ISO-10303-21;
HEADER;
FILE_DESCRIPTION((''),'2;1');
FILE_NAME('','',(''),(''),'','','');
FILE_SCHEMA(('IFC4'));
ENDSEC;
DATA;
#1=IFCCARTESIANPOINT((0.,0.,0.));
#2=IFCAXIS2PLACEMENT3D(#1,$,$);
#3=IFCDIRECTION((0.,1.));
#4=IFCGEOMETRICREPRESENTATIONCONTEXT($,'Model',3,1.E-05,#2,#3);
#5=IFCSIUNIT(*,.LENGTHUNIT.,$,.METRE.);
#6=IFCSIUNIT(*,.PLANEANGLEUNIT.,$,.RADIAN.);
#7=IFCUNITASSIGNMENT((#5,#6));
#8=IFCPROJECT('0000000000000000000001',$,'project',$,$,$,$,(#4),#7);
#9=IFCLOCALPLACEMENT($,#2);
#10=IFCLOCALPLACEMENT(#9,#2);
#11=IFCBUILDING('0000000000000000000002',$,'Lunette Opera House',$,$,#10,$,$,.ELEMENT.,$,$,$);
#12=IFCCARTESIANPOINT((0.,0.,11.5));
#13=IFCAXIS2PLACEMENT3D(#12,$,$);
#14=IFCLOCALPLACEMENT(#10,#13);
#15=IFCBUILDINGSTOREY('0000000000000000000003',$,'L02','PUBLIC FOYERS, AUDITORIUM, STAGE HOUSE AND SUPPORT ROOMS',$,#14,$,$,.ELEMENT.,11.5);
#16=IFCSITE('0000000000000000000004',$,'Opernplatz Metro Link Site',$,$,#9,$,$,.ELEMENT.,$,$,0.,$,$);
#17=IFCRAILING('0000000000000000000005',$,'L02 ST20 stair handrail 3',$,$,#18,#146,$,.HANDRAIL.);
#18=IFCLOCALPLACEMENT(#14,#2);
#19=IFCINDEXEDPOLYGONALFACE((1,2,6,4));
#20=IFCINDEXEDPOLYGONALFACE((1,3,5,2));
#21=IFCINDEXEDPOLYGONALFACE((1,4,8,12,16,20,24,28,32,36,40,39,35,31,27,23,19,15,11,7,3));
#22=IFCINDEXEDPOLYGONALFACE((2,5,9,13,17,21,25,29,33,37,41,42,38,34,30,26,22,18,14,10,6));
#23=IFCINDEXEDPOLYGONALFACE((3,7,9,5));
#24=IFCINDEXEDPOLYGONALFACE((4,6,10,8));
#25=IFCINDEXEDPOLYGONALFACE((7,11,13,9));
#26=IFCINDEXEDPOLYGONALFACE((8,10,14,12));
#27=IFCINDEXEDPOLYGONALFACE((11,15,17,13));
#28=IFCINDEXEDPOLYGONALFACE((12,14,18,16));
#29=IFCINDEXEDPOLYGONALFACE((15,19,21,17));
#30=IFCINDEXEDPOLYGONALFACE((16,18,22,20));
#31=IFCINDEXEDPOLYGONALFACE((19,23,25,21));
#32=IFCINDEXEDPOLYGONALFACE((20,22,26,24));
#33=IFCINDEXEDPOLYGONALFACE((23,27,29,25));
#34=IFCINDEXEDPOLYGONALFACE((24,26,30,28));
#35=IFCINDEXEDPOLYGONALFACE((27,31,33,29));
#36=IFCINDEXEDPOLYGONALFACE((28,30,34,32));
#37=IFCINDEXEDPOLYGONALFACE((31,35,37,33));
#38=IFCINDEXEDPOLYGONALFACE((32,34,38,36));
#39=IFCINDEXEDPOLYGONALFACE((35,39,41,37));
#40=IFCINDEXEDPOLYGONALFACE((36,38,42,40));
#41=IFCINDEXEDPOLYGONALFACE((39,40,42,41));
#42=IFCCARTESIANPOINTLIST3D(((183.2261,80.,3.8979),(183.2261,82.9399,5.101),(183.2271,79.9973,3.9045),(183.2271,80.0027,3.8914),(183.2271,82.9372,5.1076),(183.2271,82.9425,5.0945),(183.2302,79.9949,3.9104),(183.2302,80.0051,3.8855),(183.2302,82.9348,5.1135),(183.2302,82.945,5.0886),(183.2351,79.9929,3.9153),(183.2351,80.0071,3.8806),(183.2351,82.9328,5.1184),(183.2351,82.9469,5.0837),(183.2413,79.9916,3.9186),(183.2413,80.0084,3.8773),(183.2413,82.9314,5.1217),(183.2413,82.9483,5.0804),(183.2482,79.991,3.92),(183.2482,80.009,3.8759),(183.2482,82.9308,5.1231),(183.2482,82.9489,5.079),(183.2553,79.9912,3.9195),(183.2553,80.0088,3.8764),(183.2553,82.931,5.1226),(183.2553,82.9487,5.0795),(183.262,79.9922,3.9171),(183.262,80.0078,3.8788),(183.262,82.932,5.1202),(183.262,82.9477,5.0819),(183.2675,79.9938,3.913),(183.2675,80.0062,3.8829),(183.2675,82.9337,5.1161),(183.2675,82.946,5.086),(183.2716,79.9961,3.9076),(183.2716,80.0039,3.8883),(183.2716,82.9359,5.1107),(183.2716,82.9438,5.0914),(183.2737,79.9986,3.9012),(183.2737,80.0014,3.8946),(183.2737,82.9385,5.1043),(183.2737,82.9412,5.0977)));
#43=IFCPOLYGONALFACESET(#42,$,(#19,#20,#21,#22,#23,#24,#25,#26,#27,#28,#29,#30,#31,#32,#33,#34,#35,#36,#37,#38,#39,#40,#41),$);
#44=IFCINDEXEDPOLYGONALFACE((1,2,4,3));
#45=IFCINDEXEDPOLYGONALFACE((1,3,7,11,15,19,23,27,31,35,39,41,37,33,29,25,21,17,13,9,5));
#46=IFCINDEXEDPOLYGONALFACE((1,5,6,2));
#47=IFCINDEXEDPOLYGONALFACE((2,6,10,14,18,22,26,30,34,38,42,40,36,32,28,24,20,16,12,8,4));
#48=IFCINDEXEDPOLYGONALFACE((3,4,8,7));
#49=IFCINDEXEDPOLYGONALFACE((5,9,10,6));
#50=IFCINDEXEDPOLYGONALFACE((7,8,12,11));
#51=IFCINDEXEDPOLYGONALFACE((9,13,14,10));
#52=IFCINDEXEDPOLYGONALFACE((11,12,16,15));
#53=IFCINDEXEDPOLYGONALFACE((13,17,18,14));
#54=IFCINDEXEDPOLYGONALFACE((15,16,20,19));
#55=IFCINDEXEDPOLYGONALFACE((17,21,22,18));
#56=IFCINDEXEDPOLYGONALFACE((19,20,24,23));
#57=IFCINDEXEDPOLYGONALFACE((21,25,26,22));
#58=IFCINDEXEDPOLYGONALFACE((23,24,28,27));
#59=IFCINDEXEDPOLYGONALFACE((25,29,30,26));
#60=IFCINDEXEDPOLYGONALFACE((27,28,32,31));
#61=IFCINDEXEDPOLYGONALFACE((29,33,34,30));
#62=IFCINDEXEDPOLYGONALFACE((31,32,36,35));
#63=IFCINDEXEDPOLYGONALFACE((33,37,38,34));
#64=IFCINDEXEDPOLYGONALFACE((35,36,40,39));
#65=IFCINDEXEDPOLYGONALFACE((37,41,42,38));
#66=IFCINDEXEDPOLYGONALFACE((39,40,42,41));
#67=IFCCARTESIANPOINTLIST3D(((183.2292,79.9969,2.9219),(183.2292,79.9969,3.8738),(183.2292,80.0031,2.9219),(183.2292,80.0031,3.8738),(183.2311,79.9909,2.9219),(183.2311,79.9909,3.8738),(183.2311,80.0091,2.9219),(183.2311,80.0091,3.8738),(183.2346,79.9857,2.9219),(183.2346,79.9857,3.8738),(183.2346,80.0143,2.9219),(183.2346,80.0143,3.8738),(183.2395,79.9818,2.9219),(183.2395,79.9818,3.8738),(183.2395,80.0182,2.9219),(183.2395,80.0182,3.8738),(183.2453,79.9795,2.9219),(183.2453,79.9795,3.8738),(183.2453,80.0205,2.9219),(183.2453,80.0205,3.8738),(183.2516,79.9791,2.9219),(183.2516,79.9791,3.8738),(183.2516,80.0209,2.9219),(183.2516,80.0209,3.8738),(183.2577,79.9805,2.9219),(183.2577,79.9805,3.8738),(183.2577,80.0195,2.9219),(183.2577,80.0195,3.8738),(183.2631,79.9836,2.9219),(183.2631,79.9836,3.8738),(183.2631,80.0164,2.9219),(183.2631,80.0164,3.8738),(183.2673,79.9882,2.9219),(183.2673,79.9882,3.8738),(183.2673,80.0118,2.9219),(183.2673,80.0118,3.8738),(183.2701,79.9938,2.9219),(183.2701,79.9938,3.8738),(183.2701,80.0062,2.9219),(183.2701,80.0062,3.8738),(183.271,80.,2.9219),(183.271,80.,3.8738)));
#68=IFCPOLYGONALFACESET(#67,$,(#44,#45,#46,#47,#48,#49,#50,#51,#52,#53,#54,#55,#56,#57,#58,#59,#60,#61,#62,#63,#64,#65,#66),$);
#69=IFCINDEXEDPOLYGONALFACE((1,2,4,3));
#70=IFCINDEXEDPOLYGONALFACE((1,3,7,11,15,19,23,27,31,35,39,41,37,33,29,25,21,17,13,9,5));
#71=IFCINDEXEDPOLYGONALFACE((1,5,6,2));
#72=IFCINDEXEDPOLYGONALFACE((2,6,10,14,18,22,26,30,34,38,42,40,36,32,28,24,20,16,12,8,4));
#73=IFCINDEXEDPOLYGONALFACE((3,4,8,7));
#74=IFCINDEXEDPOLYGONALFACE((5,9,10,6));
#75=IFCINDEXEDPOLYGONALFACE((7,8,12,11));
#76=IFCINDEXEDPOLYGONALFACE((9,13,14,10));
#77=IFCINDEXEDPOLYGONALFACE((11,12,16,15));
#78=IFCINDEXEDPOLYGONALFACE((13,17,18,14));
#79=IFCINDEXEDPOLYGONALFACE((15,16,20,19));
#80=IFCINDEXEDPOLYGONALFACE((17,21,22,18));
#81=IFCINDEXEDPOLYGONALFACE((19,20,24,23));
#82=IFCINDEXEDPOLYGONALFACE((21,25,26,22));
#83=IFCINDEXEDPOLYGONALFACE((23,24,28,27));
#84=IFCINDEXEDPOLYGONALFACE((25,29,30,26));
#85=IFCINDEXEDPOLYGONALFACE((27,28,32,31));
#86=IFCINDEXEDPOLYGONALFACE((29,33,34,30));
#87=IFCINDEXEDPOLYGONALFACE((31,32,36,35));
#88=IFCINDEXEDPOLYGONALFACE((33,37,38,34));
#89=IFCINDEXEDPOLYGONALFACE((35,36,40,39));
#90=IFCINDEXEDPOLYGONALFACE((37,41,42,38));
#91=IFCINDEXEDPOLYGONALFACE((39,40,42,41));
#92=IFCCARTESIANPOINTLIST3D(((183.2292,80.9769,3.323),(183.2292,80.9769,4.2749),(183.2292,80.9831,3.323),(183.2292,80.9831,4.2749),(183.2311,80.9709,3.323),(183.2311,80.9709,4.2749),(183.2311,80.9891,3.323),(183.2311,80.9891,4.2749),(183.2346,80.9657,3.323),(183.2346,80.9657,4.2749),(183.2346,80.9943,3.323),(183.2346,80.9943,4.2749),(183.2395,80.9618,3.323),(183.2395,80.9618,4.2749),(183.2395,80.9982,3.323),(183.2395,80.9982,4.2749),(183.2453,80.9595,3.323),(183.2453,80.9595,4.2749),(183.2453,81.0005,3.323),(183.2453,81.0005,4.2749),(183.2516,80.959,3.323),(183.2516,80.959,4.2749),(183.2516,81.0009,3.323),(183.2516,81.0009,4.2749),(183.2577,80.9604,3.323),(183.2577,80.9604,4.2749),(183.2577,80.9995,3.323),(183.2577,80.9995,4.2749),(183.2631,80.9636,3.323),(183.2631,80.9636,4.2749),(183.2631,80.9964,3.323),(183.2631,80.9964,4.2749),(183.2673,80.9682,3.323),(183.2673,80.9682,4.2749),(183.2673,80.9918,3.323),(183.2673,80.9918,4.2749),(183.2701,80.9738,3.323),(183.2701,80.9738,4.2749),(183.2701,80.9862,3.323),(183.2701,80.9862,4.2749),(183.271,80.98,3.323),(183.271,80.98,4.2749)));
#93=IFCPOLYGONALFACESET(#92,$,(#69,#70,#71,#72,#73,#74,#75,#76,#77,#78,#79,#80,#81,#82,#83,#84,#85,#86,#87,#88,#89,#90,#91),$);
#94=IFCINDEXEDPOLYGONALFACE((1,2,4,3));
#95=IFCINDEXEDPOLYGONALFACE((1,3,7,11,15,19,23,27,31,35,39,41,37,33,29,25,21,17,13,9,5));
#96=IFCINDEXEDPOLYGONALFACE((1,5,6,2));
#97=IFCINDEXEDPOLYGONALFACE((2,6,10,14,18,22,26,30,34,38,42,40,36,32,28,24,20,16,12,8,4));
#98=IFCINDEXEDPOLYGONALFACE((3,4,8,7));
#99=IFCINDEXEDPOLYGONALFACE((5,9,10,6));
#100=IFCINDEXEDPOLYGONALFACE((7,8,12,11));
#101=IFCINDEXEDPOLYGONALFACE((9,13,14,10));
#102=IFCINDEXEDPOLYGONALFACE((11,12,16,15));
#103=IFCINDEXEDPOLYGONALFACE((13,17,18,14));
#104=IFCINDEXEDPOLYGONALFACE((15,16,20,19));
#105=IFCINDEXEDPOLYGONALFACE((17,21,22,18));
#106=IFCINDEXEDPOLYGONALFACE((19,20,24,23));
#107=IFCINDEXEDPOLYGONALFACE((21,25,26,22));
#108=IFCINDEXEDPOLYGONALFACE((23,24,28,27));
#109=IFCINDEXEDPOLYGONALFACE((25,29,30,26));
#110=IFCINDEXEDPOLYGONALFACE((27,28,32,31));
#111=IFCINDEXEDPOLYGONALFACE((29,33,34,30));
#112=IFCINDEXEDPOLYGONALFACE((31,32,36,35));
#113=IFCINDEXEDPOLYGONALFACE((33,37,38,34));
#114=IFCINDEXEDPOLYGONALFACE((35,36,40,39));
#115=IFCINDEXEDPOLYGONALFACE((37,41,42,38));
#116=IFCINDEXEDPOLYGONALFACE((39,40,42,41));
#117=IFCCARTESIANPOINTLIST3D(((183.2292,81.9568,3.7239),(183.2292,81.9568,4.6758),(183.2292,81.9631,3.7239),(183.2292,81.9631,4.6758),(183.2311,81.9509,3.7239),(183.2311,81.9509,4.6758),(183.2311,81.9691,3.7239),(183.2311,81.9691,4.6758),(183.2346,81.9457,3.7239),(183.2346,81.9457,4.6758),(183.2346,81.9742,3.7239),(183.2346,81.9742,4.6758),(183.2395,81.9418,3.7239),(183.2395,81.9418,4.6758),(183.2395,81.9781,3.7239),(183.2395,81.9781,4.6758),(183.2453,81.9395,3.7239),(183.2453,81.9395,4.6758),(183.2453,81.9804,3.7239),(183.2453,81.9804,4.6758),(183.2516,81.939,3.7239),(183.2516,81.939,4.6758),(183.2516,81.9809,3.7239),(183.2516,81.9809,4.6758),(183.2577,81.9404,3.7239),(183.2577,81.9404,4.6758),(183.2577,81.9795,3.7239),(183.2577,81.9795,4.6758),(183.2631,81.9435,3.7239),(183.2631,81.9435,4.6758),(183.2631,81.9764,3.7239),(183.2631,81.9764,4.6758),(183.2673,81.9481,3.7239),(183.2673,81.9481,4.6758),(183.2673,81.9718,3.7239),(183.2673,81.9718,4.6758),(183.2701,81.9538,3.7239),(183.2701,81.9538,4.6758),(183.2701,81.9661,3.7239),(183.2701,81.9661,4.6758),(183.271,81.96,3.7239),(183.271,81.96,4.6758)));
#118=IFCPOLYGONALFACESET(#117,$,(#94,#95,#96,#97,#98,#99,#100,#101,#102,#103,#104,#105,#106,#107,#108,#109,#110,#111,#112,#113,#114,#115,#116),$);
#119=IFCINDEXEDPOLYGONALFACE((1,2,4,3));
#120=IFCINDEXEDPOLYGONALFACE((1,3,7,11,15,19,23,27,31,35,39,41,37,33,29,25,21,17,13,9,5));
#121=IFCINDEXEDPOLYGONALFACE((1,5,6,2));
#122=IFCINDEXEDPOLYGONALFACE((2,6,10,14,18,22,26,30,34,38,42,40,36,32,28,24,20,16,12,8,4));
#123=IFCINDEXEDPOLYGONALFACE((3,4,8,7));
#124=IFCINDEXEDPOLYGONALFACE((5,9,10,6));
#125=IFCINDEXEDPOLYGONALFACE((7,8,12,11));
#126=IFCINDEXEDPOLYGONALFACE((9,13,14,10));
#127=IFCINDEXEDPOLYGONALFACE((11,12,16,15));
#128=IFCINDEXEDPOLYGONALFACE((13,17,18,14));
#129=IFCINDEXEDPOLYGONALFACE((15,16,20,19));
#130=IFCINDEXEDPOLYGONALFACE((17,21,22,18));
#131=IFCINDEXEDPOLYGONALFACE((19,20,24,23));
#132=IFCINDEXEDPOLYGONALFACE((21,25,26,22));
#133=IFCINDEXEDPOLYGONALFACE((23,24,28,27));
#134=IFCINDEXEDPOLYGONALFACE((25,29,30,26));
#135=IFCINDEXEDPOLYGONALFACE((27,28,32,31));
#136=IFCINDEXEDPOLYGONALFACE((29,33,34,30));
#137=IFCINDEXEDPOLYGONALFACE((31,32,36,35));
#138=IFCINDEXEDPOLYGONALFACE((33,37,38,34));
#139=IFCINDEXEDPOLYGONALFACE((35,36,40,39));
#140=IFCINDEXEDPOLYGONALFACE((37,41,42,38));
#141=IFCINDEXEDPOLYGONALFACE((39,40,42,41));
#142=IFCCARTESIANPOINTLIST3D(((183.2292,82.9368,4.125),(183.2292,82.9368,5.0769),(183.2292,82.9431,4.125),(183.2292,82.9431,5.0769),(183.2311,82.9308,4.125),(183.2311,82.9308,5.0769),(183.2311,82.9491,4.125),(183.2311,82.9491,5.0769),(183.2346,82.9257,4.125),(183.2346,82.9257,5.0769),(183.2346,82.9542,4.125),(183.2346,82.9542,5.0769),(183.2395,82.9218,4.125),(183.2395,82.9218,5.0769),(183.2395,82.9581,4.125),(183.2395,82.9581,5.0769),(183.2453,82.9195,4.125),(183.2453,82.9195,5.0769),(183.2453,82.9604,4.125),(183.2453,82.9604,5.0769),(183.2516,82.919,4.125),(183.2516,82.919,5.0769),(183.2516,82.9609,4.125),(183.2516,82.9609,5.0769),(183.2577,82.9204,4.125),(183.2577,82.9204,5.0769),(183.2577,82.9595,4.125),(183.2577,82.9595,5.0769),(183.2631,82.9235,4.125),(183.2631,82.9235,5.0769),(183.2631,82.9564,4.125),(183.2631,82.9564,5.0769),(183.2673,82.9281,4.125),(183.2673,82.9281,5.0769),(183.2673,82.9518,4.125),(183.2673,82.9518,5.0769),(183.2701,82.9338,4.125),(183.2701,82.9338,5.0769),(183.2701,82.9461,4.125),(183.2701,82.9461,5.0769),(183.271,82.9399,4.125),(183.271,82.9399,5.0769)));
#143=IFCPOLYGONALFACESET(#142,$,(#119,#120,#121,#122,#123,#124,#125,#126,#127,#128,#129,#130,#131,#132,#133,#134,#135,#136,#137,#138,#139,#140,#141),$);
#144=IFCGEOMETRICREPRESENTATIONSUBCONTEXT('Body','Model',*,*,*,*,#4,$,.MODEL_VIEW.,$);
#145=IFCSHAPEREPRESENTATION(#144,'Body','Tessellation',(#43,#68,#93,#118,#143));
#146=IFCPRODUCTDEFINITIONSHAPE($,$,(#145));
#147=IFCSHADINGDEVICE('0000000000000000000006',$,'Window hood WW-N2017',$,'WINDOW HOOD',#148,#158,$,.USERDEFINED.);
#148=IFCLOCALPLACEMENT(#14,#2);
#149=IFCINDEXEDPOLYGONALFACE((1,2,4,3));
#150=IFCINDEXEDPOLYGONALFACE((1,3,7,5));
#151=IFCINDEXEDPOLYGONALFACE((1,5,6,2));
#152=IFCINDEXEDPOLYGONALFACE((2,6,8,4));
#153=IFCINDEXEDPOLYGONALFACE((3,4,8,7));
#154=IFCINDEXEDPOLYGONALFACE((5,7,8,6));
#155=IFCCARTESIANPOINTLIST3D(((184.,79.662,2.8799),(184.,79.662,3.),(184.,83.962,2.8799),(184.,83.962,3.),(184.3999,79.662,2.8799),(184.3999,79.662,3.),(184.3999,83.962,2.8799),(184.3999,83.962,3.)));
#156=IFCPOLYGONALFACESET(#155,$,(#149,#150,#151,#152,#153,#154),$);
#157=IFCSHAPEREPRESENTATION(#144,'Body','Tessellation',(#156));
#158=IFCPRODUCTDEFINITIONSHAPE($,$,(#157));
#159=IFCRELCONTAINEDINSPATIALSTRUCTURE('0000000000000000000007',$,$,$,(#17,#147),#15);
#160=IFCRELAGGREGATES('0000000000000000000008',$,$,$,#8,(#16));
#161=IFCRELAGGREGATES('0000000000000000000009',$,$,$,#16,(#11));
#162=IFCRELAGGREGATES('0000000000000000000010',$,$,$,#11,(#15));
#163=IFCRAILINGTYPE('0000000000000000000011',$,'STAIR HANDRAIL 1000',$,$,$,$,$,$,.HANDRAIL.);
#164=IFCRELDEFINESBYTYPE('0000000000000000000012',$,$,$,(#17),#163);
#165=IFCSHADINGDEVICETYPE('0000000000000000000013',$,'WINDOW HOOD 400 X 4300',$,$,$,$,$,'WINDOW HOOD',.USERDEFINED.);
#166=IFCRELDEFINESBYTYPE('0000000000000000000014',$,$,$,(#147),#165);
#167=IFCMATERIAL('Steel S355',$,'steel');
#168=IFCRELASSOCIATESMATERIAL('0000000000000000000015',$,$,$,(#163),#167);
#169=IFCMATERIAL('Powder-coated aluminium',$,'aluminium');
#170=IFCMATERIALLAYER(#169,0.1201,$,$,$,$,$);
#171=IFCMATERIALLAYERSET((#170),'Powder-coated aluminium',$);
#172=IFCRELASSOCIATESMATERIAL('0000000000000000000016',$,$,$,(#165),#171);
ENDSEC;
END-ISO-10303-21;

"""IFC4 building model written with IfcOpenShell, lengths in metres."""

from ifc_helpers import new_model, si_unit, direction, frame, origin, origin_2d, place, context, subcontext, project, spatial, rectangle, circle, extrude, material, layer, layer_set, type_object, element, save


model = new_model("IFC4")

# Units and contexts
model_context = context("Model", 3, precision=1e-05, world=origin(), true_north=direction((0.0, 1.0)))
body_context = subcontext(model_context, "Body", "Model", "MODEL_VIEW")
ifc_project = project(units=[si_unit("LENGTHUNIT", "METRE"), si_unit("PLANEANGLEUNIT", "RADIAN")], contexts=[model_context])

# Site, building, storey
site_placement = place(None, origin())
site = spatial("IfcSite", under=ifc_project, at=site_placement, Name="Opernplatz Metro Link Site", CompositionType="ELEMENT", RefElevation=0.0)
building_placement = place(site_placement, origin())
building = spatial("IfcBuilding", under=site, at=building_placement, Name="Lunette Opera House", CompositionType="ELEMENT")
storey_placement = place(building_placement, frame((0.0, 0.0, 11.5)))
storey = spatial("IfcBuildingStorey", under=building, at=storey_placement, Name="L02", Description="PUBLIC FOYERS, AUDITORIUM, STAGE HOUSE AND SUPPORT ROOMS", CompositionType="ELEMENT", Elevation=11.5)

# Railing
ifc_material_1 = material(Name="Steel S355", Category="steel")
railing_type_1 = type_object("IfcRailingType", Name="STAIR HANDRAIL 1000", PredefinedType="HANDRAIL", material=ifc_material_1)
for number, where, name in (
    (1, (183.25, 80.0, 2.9219), "L02 ST20 stair handrail 3"),
):
    element("IfcRailing", number, at=place(storey_placement, frame(where)), inside=storey, type_object=railing_type_1, Name=name, PredefinedType="HANDRAIL", context=body_context, shape_type="SweptSolid", body=[
        extrude(circle(Radius=0.0239, at=origin_2d()), frame((0.0, 0.0, 0.9761), z_axis=(0.0, 0.9255, 0.378747), x_axis=(-1.0, 0.0, 0.0)), (0.0, 0.0, 1.0), 3.1765),
        extrude(circle(Radius=0.021, at=origin_2d()), origin(), (0.0, 0.0, 1.0), 0.9519),
        extrude(circle(Radius=0.021, at=origin_2d()), frame((0.0, 0.98, 0.4011)), (0.0, 0.0, 1.0), 0.9519),
        extrude(circle(Radius=0.021, at=origin_2d()), frame((0.0, 1.96, 0.802)), (0.0, 0.0, 1.0), 0.9519),
        extrude(circle(Radius=0.021, at=origin_2d()), frame((0.0, 2.9399, 1.2031)), (0.0, 0.0, 1.0), 0.9519),
    ])

# Shading device
ifc_material_2 = material(Name="Powder-coated aluminium", Category="aluminium")
ifc_layer_1 = layer(ifc_material_2, 0.1201)
ifc_layer_set_1 = layer_set([ifc_layer_1], Name="Powder-coated aluminium")
shading_device_type = type_object("IfcShadingDeviceType", Name="WINDOW HOOD 400 X 4300", ElementType="WINDOW HOOD", PredefinedType="USERDEFINED", material=ifc_layer_set_1)
shading_device_placement = place(storey_placement, frame((184.2, 81.812, 2.8799), z_axis=(0.0, 0.0, 1.0), x_axis=(1.0, 0.0, 0.0)))
element("IfcShadingDevice", 2, at=shading_device_placement, inside=storey, type_object=shading_device_type, Name="Window hood WW-N2017", ObjectType="WINDOW HOOD", PredefinedType="USERDEFINED", context=body_context, shape_type="SweptSolid", body=[
    extrude(rectangle(XDim=0.3999, YDim=4.3, at=origin_2d()), origin(), (0.0, 0.0, 1.0), 0.1201),
])

save(model, "model.ifc")
